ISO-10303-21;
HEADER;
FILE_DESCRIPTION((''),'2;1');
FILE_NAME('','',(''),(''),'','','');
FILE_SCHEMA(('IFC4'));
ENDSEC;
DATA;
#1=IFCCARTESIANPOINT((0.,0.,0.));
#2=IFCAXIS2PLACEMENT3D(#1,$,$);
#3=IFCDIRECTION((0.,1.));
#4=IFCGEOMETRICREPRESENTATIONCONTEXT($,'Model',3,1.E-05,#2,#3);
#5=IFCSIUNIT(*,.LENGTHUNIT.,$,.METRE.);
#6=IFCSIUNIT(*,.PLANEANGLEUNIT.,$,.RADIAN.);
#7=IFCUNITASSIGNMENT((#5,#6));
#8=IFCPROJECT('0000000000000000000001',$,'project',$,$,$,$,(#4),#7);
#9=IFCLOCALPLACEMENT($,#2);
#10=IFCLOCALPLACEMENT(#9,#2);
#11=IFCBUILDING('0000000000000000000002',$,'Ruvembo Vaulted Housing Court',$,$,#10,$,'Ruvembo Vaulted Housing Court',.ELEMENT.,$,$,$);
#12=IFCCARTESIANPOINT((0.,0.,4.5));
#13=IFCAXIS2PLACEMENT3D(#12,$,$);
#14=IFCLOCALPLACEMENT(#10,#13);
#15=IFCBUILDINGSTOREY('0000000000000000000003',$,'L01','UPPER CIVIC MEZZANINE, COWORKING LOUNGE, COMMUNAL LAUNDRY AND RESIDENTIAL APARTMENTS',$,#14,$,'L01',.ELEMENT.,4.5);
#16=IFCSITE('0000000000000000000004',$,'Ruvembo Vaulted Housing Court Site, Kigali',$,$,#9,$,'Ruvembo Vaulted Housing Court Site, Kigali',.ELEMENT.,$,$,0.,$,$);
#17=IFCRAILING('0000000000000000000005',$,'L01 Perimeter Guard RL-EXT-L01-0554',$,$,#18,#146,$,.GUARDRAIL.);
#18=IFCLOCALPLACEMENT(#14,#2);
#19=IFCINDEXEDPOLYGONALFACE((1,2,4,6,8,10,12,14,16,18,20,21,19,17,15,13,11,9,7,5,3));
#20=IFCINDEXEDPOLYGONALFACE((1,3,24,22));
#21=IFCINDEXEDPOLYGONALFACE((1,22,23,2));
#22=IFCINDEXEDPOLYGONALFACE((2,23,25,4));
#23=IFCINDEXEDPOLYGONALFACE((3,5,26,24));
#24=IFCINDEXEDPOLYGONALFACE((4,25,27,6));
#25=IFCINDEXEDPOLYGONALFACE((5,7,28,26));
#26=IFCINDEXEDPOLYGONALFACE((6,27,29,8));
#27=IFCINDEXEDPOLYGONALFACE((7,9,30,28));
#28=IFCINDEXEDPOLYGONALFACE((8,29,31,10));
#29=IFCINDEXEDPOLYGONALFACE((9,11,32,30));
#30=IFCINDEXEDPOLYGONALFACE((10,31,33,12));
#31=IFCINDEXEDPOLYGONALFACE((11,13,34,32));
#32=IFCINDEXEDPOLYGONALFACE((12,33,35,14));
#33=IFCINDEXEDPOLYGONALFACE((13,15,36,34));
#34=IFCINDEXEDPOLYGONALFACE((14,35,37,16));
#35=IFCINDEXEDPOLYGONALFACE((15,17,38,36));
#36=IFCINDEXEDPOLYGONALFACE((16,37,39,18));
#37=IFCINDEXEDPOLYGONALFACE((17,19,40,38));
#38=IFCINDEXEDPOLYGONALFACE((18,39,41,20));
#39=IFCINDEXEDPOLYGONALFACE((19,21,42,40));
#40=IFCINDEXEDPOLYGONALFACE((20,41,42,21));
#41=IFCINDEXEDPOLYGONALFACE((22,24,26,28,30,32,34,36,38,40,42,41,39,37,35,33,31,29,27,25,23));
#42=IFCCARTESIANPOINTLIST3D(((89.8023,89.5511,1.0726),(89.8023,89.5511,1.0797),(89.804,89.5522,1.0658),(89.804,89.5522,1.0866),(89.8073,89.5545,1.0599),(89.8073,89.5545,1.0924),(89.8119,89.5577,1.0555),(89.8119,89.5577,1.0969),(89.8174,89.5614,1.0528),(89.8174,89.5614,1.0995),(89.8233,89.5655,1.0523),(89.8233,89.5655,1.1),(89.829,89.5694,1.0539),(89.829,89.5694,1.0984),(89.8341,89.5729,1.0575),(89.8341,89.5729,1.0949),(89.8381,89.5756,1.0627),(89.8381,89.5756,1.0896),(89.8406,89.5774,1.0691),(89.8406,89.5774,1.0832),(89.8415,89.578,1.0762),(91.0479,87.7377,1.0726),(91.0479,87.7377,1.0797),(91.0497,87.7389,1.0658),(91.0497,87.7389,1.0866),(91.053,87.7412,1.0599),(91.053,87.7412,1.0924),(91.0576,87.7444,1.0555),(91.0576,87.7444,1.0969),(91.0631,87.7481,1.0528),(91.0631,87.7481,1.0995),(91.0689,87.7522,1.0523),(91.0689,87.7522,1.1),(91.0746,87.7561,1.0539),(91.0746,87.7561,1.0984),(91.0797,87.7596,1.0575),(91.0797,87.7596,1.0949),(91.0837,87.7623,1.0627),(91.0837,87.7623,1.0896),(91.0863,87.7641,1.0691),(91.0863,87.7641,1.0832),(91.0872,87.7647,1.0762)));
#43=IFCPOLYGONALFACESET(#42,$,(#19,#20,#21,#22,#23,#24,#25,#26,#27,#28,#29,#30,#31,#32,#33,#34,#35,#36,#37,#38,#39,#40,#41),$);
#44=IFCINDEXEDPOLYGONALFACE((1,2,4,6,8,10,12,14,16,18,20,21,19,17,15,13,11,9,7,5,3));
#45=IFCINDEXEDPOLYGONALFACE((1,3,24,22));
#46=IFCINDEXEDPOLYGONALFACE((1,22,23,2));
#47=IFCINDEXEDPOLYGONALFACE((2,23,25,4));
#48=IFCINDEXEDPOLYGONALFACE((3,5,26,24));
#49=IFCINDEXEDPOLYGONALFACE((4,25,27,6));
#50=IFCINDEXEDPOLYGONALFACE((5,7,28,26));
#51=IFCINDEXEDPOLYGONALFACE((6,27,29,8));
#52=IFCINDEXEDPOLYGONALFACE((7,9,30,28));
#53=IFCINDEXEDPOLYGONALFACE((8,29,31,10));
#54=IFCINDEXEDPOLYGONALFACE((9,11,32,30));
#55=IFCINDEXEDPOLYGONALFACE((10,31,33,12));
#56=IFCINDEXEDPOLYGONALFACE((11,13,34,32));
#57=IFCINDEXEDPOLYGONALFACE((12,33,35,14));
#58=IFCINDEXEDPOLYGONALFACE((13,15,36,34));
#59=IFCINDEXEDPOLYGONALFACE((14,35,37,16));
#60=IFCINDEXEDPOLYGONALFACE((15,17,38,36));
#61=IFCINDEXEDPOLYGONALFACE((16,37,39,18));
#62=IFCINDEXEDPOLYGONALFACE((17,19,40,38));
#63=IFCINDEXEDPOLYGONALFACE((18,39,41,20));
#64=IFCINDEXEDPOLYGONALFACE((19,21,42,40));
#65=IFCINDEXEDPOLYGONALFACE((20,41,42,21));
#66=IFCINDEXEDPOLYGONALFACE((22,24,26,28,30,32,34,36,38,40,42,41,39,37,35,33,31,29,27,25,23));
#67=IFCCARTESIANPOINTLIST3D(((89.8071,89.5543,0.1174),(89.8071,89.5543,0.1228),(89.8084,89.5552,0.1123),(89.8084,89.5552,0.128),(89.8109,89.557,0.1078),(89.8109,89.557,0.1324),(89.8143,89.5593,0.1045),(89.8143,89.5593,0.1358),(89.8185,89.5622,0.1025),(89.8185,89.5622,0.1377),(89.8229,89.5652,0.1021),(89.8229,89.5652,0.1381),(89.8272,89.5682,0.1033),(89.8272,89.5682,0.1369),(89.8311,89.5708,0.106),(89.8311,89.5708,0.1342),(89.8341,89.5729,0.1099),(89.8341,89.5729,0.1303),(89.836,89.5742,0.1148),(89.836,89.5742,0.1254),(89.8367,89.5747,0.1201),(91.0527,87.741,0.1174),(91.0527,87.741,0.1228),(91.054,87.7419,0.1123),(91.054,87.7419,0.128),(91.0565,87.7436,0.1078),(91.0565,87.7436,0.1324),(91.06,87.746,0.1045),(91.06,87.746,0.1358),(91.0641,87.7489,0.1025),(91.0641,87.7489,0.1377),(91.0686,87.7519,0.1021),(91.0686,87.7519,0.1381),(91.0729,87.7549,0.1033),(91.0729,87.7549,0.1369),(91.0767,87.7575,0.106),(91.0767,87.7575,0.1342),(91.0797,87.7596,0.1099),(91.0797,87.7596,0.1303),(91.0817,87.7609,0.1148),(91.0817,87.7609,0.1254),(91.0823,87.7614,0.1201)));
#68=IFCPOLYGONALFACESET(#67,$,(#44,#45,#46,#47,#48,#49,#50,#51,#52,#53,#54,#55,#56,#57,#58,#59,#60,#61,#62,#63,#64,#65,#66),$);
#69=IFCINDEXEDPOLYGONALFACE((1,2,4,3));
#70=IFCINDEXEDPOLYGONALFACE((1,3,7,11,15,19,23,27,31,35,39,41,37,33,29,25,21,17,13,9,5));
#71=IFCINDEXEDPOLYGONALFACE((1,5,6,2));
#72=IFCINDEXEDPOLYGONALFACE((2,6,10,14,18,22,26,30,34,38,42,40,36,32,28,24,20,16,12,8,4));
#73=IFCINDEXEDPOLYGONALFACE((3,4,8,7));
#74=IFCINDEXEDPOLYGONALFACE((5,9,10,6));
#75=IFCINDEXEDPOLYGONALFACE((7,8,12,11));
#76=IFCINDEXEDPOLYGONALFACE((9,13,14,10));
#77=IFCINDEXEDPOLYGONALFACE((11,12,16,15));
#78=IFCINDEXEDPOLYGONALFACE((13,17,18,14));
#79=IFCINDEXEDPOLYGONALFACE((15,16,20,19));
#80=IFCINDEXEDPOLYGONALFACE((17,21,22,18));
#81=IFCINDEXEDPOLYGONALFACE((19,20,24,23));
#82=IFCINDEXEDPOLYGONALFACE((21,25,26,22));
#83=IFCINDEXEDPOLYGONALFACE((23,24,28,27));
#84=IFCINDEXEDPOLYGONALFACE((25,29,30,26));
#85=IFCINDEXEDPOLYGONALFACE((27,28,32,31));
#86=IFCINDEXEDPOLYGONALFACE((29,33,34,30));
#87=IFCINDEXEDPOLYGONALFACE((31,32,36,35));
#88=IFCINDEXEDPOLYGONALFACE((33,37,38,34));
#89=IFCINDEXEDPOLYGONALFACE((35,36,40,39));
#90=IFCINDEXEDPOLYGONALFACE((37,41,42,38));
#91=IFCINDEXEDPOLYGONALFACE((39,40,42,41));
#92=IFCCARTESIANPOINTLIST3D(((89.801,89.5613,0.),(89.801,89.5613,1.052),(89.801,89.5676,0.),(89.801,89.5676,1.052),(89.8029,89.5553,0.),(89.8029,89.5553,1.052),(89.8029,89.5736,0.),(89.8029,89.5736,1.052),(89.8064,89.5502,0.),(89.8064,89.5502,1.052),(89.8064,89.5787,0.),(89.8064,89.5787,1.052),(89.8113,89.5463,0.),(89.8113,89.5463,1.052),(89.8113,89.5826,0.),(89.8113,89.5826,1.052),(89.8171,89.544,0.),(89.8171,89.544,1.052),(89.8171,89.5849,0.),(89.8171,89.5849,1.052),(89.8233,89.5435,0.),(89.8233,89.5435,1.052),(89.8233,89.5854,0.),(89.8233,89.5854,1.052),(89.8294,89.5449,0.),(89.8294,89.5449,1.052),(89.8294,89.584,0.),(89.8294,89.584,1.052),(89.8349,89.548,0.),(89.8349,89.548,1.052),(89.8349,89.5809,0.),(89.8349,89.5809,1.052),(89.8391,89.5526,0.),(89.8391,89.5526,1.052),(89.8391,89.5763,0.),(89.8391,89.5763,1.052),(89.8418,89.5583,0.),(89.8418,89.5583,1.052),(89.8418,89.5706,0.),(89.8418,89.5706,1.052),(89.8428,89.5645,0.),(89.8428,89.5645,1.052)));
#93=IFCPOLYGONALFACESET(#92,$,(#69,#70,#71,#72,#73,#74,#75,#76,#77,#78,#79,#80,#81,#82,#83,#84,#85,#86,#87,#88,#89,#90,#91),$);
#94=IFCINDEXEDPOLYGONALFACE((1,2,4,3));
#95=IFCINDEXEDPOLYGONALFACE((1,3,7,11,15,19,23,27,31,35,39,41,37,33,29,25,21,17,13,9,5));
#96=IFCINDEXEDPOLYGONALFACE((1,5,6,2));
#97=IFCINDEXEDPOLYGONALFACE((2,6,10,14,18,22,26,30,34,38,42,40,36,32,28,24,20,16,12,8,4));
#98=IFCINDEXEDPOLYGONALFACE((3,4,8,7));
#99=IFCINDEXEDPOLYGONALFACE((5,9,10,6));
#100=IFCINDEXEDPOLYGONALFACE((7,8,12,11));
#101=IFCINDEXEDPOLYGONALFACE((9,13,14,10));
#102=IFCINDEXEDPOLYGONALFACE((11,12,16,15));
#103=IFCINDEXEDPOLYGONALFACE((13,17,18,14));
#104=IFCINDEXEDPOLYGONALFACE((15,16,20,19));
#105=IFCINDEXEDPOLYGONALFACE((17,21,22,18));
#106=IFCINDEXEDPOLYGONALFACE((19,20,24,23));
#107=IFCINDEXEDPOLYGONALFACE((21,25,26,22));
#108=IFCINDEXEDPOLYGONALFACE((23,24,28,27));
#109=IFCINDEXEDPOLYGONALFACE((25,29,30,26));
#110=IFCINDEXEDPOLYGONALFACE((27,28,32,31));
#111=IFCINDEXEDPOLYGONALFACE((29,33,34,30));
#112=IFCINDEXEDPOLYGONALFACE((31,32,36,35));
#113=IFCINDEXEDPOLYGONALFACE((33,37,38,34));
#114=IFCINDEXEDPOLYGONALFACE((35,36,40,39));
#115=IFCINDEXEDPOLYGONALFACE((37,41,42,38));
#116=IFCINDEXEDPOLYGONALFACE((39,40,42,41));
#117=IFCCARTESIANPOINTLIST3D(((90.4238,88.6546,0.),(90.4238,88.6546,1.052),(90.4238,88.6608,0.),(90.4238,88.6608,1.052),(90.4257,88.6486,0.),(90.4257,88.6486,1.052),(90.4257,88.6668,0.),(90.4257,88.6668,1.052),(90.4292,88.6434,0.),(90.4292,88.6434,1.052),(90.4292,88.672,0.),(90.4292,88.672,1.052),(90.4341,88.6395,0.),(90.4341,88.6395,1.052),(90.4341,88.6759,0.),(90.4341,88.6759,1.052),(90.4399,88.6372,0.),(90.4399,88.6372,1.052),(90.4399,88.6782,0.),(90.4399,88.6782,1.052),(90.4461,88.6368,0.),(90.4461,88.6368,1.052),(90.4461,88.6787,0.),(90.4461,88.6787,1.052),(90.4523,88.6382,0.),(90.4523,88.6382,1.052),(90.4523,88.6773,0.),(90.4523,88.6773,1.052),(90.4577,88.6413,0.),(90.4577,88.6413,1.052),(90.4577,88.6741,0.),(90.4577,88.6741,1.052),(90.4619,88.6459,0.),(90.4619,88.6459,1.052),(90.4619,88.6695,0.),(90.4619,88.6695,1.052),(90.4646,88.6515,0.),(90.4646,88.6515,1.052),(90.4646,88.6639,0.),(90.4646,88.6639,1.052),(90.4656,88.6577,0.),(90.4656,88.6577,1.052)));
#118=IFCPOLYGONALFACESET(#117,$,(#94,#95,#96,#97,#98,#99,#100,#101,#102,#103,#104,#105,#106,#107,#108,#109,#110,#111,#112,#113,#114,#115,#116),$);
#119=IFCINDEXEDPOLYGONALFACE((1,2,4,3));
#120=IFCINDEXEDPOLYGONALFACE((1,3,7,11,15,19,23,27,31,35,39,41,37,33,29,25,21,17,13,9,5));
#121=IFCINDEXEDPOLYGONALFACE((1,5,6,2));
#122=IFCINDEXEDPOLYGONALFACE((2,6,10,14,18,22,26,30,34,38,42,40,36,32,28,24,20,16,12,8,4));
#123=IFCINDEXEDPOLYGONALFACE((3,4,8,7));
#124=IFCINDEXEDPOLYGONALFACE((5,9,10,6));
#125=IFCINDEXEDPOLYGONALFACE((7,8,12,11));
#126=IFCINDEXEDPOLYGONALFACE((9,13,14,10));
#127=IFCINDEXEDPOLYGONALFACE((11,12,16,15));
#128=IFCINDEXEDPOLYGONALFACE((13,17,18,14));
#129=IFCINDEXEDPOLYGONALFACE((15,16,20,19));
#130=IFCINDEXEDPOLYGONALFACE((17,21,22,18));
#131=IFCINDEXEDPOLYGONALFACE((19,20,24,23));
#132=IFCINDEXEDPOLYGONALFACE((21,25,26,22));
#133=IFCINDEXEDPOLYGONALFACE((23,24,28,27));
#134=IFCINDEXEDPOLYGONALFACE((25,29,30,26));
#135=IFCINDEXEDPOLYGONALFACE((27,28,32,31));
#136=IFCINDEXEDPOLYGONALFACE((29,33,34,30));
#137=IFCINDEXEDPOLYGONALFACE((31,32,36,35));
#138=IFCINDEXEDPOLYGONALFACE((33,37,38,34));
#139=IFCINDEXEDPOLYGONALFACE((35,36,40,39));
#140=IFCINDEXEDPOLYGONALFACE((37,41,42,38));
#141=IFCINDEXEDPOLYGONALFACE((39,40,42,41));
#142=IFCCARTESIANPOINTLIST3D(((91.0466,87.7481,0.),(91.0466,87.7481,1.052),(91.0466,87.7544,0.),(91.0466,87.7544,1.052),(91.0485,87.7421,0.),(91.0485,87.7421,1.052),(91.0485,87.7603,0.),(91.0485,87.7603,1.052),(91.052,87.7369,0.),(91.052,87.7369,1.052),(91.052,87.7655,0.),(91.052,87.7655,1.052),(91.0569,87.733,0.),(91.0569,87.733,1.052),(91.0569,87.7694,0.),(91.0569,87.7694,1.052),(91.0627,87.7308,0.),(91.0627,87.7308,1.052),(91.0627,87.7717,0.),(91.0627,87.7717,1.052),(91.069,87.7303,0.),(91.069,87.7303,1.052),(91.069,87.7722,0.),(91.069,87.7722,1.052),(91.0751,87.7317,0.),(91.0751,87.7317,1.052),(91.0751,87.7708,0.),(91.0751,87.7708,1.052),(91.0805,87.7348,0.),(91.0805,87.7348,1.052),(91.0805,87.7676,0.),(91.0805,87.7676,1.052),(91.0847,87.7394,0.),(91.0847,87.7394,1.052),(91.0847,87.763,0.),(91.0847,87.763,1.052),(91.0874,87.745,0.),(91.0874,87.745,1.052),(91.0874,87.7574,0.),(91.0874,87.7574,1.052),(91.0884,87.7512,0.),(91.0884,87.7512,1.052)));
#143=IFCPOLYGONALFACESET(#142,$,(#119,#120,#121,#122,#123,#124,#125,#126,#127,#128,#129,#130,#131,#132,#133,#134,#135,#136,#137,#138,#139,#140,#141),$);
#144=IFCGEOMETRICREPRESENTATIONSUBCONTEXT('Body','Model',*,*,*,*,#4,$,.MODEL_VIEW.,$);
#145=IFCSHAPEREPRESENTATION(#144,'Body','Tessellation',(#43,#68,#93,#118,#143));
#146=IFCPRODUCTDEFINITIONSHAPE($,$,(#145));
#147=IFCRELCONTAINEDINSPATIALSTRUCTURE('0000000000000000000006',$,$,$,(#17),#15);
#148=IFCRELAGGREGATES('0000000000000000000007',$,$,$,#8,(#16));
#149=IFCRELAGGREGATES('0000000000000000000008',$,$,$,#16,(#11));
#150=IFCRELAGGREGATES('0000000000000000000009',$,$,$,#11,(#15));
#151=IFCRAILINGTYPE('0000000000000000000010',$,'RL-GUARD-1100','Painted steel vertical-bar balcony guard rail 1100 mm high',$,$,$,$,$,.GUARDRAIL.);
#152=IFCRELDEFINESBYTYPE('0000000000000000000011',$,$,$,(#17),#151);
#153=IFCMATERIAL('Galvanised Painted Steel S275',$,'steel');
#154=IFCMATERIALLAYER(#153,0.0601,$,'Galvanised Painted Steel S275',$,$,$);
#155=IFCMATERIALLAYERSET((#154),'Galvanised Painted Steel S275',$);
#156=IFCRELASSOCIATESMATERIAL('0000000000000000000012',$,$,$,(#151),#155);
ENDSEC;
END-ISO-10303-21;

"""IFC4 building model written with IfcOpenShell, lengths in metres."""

from ifc_helpers import new_model, si_unit, direction, frame, origin, origin_2d, place, context, subcontext, project, spatial, circle, extrude, material, layer, layer_set, type_object, element, save


model = new_model("IFC4")

# Units and contexts
model_context = context("Model", 3, precision=1e-05, world=origin(), true_north=direction((0.0, 1.0)))
body_context = subcontext(model_context, "Body", "Model", "MODEL_VIEW")
ifc_project = project(units=[si_unit("LENGTHUNIT", "METRE"), si_unit("PLANEANGLEUNIT", "RADIAN")], contexts=[model_context])

# Site, building, storey
site_placement = place(None, origin())
site = spatial("IfcSite", under=ifc_project, at=site_placement, Name="Ruvembo Vaulted Housing Court Site, Kigali", LongName="Ruvembo Vaulted Housing Court Site, Kigali", CompositionType="ELEMENT", RefElevation=0.0)
building_placement = place(site_placement, origin())
building = spatial("IfcBuilding", under=site, at=building_placement, Name="Ruvembo Vaulted Housing Court", LongName="Ruvembo Vaulted Housing Court", CompositionType="ELEMENT")
storey_placement = place(building_placement, frame((0.0, 0.0, 4.5)))
storey = spatial("IfcBuildingStorey", under=building, at=storey_placement, Name="L01", Description="UPPER CIVIC MEZZANINE, COWORKING LOUNGE, COMMUNAL LAUNDRY AND RESIDENTIAL APARTMENTS", LongName="L01", CompositionType="ELEMENT", Elevation=4.5)

# Railing
ifc_material_1 = material(Name="Galvanised Painted Steel S275", Category="steel")
ifc_layer_1 = layer(ifc_material_1, 0.0601, Name="Galvanised Painted Steel S275")
ifc_layer_set_1 = layer_set([ifc_layer_1], Name="Galvanised Painted Steel S275")
railing_type = type_object("IfcRailingType", Name="RL-GUARD-1100", Description="Painted steel vertical-bar balcony guard rail 1100 mm high", PredefinedType="GUARDRAIL", material=ifc_layer_set_1)
railing_1_placement = place(storey_placement, frame((89.8218, 89.5645, 0.0)))
element("IfcRailing", 1, at=railing_1_placement, inside=storey, type_object=railing_type, Name="L01 Perimeter Guard RL-EXT-L01-0554", PredefinedType="GUARDRAIL", context=body_context, shape_type="SweptSolid", body=[
    extrude(circle(Radius=0.0239, at=origin_2d()), frame((0.0, 0.0, 1.0762), z_axis=(0.566223, -0.824252, 0.0), x_axis=(0.824252, 0.566223, 0.0)), (0.0, 0.0, 1.0), 2.2),
    extrude(circle(Radius=0.0181, at=origin_2d()), frame((0.0, 0.0, 0.1201), z_axis=(0.566223, -0.824252, 0.0), x_axis=(0.824252, 0.566223, 0.0)), (0.0, 0.0, 1.0), 2.2),
    extrude(circle(Radius=0.021, at=origin_2d()), origin(), (0.0, 0.0, 1.0), 1.052),
    extrude(circle(Radius=0.021, at=origin_2d()), frame((0.6228, -0.9067, 0.0)), (0.0, 0.0, 1.0), 1.052),
    extrude(circle(Radius=0.021, at=origin_2d()), frame((1.2456, -1.8132, 0.0)), (0.0, 0.0, 1.0), 1.052),
])

save(model, "model.ifc")
